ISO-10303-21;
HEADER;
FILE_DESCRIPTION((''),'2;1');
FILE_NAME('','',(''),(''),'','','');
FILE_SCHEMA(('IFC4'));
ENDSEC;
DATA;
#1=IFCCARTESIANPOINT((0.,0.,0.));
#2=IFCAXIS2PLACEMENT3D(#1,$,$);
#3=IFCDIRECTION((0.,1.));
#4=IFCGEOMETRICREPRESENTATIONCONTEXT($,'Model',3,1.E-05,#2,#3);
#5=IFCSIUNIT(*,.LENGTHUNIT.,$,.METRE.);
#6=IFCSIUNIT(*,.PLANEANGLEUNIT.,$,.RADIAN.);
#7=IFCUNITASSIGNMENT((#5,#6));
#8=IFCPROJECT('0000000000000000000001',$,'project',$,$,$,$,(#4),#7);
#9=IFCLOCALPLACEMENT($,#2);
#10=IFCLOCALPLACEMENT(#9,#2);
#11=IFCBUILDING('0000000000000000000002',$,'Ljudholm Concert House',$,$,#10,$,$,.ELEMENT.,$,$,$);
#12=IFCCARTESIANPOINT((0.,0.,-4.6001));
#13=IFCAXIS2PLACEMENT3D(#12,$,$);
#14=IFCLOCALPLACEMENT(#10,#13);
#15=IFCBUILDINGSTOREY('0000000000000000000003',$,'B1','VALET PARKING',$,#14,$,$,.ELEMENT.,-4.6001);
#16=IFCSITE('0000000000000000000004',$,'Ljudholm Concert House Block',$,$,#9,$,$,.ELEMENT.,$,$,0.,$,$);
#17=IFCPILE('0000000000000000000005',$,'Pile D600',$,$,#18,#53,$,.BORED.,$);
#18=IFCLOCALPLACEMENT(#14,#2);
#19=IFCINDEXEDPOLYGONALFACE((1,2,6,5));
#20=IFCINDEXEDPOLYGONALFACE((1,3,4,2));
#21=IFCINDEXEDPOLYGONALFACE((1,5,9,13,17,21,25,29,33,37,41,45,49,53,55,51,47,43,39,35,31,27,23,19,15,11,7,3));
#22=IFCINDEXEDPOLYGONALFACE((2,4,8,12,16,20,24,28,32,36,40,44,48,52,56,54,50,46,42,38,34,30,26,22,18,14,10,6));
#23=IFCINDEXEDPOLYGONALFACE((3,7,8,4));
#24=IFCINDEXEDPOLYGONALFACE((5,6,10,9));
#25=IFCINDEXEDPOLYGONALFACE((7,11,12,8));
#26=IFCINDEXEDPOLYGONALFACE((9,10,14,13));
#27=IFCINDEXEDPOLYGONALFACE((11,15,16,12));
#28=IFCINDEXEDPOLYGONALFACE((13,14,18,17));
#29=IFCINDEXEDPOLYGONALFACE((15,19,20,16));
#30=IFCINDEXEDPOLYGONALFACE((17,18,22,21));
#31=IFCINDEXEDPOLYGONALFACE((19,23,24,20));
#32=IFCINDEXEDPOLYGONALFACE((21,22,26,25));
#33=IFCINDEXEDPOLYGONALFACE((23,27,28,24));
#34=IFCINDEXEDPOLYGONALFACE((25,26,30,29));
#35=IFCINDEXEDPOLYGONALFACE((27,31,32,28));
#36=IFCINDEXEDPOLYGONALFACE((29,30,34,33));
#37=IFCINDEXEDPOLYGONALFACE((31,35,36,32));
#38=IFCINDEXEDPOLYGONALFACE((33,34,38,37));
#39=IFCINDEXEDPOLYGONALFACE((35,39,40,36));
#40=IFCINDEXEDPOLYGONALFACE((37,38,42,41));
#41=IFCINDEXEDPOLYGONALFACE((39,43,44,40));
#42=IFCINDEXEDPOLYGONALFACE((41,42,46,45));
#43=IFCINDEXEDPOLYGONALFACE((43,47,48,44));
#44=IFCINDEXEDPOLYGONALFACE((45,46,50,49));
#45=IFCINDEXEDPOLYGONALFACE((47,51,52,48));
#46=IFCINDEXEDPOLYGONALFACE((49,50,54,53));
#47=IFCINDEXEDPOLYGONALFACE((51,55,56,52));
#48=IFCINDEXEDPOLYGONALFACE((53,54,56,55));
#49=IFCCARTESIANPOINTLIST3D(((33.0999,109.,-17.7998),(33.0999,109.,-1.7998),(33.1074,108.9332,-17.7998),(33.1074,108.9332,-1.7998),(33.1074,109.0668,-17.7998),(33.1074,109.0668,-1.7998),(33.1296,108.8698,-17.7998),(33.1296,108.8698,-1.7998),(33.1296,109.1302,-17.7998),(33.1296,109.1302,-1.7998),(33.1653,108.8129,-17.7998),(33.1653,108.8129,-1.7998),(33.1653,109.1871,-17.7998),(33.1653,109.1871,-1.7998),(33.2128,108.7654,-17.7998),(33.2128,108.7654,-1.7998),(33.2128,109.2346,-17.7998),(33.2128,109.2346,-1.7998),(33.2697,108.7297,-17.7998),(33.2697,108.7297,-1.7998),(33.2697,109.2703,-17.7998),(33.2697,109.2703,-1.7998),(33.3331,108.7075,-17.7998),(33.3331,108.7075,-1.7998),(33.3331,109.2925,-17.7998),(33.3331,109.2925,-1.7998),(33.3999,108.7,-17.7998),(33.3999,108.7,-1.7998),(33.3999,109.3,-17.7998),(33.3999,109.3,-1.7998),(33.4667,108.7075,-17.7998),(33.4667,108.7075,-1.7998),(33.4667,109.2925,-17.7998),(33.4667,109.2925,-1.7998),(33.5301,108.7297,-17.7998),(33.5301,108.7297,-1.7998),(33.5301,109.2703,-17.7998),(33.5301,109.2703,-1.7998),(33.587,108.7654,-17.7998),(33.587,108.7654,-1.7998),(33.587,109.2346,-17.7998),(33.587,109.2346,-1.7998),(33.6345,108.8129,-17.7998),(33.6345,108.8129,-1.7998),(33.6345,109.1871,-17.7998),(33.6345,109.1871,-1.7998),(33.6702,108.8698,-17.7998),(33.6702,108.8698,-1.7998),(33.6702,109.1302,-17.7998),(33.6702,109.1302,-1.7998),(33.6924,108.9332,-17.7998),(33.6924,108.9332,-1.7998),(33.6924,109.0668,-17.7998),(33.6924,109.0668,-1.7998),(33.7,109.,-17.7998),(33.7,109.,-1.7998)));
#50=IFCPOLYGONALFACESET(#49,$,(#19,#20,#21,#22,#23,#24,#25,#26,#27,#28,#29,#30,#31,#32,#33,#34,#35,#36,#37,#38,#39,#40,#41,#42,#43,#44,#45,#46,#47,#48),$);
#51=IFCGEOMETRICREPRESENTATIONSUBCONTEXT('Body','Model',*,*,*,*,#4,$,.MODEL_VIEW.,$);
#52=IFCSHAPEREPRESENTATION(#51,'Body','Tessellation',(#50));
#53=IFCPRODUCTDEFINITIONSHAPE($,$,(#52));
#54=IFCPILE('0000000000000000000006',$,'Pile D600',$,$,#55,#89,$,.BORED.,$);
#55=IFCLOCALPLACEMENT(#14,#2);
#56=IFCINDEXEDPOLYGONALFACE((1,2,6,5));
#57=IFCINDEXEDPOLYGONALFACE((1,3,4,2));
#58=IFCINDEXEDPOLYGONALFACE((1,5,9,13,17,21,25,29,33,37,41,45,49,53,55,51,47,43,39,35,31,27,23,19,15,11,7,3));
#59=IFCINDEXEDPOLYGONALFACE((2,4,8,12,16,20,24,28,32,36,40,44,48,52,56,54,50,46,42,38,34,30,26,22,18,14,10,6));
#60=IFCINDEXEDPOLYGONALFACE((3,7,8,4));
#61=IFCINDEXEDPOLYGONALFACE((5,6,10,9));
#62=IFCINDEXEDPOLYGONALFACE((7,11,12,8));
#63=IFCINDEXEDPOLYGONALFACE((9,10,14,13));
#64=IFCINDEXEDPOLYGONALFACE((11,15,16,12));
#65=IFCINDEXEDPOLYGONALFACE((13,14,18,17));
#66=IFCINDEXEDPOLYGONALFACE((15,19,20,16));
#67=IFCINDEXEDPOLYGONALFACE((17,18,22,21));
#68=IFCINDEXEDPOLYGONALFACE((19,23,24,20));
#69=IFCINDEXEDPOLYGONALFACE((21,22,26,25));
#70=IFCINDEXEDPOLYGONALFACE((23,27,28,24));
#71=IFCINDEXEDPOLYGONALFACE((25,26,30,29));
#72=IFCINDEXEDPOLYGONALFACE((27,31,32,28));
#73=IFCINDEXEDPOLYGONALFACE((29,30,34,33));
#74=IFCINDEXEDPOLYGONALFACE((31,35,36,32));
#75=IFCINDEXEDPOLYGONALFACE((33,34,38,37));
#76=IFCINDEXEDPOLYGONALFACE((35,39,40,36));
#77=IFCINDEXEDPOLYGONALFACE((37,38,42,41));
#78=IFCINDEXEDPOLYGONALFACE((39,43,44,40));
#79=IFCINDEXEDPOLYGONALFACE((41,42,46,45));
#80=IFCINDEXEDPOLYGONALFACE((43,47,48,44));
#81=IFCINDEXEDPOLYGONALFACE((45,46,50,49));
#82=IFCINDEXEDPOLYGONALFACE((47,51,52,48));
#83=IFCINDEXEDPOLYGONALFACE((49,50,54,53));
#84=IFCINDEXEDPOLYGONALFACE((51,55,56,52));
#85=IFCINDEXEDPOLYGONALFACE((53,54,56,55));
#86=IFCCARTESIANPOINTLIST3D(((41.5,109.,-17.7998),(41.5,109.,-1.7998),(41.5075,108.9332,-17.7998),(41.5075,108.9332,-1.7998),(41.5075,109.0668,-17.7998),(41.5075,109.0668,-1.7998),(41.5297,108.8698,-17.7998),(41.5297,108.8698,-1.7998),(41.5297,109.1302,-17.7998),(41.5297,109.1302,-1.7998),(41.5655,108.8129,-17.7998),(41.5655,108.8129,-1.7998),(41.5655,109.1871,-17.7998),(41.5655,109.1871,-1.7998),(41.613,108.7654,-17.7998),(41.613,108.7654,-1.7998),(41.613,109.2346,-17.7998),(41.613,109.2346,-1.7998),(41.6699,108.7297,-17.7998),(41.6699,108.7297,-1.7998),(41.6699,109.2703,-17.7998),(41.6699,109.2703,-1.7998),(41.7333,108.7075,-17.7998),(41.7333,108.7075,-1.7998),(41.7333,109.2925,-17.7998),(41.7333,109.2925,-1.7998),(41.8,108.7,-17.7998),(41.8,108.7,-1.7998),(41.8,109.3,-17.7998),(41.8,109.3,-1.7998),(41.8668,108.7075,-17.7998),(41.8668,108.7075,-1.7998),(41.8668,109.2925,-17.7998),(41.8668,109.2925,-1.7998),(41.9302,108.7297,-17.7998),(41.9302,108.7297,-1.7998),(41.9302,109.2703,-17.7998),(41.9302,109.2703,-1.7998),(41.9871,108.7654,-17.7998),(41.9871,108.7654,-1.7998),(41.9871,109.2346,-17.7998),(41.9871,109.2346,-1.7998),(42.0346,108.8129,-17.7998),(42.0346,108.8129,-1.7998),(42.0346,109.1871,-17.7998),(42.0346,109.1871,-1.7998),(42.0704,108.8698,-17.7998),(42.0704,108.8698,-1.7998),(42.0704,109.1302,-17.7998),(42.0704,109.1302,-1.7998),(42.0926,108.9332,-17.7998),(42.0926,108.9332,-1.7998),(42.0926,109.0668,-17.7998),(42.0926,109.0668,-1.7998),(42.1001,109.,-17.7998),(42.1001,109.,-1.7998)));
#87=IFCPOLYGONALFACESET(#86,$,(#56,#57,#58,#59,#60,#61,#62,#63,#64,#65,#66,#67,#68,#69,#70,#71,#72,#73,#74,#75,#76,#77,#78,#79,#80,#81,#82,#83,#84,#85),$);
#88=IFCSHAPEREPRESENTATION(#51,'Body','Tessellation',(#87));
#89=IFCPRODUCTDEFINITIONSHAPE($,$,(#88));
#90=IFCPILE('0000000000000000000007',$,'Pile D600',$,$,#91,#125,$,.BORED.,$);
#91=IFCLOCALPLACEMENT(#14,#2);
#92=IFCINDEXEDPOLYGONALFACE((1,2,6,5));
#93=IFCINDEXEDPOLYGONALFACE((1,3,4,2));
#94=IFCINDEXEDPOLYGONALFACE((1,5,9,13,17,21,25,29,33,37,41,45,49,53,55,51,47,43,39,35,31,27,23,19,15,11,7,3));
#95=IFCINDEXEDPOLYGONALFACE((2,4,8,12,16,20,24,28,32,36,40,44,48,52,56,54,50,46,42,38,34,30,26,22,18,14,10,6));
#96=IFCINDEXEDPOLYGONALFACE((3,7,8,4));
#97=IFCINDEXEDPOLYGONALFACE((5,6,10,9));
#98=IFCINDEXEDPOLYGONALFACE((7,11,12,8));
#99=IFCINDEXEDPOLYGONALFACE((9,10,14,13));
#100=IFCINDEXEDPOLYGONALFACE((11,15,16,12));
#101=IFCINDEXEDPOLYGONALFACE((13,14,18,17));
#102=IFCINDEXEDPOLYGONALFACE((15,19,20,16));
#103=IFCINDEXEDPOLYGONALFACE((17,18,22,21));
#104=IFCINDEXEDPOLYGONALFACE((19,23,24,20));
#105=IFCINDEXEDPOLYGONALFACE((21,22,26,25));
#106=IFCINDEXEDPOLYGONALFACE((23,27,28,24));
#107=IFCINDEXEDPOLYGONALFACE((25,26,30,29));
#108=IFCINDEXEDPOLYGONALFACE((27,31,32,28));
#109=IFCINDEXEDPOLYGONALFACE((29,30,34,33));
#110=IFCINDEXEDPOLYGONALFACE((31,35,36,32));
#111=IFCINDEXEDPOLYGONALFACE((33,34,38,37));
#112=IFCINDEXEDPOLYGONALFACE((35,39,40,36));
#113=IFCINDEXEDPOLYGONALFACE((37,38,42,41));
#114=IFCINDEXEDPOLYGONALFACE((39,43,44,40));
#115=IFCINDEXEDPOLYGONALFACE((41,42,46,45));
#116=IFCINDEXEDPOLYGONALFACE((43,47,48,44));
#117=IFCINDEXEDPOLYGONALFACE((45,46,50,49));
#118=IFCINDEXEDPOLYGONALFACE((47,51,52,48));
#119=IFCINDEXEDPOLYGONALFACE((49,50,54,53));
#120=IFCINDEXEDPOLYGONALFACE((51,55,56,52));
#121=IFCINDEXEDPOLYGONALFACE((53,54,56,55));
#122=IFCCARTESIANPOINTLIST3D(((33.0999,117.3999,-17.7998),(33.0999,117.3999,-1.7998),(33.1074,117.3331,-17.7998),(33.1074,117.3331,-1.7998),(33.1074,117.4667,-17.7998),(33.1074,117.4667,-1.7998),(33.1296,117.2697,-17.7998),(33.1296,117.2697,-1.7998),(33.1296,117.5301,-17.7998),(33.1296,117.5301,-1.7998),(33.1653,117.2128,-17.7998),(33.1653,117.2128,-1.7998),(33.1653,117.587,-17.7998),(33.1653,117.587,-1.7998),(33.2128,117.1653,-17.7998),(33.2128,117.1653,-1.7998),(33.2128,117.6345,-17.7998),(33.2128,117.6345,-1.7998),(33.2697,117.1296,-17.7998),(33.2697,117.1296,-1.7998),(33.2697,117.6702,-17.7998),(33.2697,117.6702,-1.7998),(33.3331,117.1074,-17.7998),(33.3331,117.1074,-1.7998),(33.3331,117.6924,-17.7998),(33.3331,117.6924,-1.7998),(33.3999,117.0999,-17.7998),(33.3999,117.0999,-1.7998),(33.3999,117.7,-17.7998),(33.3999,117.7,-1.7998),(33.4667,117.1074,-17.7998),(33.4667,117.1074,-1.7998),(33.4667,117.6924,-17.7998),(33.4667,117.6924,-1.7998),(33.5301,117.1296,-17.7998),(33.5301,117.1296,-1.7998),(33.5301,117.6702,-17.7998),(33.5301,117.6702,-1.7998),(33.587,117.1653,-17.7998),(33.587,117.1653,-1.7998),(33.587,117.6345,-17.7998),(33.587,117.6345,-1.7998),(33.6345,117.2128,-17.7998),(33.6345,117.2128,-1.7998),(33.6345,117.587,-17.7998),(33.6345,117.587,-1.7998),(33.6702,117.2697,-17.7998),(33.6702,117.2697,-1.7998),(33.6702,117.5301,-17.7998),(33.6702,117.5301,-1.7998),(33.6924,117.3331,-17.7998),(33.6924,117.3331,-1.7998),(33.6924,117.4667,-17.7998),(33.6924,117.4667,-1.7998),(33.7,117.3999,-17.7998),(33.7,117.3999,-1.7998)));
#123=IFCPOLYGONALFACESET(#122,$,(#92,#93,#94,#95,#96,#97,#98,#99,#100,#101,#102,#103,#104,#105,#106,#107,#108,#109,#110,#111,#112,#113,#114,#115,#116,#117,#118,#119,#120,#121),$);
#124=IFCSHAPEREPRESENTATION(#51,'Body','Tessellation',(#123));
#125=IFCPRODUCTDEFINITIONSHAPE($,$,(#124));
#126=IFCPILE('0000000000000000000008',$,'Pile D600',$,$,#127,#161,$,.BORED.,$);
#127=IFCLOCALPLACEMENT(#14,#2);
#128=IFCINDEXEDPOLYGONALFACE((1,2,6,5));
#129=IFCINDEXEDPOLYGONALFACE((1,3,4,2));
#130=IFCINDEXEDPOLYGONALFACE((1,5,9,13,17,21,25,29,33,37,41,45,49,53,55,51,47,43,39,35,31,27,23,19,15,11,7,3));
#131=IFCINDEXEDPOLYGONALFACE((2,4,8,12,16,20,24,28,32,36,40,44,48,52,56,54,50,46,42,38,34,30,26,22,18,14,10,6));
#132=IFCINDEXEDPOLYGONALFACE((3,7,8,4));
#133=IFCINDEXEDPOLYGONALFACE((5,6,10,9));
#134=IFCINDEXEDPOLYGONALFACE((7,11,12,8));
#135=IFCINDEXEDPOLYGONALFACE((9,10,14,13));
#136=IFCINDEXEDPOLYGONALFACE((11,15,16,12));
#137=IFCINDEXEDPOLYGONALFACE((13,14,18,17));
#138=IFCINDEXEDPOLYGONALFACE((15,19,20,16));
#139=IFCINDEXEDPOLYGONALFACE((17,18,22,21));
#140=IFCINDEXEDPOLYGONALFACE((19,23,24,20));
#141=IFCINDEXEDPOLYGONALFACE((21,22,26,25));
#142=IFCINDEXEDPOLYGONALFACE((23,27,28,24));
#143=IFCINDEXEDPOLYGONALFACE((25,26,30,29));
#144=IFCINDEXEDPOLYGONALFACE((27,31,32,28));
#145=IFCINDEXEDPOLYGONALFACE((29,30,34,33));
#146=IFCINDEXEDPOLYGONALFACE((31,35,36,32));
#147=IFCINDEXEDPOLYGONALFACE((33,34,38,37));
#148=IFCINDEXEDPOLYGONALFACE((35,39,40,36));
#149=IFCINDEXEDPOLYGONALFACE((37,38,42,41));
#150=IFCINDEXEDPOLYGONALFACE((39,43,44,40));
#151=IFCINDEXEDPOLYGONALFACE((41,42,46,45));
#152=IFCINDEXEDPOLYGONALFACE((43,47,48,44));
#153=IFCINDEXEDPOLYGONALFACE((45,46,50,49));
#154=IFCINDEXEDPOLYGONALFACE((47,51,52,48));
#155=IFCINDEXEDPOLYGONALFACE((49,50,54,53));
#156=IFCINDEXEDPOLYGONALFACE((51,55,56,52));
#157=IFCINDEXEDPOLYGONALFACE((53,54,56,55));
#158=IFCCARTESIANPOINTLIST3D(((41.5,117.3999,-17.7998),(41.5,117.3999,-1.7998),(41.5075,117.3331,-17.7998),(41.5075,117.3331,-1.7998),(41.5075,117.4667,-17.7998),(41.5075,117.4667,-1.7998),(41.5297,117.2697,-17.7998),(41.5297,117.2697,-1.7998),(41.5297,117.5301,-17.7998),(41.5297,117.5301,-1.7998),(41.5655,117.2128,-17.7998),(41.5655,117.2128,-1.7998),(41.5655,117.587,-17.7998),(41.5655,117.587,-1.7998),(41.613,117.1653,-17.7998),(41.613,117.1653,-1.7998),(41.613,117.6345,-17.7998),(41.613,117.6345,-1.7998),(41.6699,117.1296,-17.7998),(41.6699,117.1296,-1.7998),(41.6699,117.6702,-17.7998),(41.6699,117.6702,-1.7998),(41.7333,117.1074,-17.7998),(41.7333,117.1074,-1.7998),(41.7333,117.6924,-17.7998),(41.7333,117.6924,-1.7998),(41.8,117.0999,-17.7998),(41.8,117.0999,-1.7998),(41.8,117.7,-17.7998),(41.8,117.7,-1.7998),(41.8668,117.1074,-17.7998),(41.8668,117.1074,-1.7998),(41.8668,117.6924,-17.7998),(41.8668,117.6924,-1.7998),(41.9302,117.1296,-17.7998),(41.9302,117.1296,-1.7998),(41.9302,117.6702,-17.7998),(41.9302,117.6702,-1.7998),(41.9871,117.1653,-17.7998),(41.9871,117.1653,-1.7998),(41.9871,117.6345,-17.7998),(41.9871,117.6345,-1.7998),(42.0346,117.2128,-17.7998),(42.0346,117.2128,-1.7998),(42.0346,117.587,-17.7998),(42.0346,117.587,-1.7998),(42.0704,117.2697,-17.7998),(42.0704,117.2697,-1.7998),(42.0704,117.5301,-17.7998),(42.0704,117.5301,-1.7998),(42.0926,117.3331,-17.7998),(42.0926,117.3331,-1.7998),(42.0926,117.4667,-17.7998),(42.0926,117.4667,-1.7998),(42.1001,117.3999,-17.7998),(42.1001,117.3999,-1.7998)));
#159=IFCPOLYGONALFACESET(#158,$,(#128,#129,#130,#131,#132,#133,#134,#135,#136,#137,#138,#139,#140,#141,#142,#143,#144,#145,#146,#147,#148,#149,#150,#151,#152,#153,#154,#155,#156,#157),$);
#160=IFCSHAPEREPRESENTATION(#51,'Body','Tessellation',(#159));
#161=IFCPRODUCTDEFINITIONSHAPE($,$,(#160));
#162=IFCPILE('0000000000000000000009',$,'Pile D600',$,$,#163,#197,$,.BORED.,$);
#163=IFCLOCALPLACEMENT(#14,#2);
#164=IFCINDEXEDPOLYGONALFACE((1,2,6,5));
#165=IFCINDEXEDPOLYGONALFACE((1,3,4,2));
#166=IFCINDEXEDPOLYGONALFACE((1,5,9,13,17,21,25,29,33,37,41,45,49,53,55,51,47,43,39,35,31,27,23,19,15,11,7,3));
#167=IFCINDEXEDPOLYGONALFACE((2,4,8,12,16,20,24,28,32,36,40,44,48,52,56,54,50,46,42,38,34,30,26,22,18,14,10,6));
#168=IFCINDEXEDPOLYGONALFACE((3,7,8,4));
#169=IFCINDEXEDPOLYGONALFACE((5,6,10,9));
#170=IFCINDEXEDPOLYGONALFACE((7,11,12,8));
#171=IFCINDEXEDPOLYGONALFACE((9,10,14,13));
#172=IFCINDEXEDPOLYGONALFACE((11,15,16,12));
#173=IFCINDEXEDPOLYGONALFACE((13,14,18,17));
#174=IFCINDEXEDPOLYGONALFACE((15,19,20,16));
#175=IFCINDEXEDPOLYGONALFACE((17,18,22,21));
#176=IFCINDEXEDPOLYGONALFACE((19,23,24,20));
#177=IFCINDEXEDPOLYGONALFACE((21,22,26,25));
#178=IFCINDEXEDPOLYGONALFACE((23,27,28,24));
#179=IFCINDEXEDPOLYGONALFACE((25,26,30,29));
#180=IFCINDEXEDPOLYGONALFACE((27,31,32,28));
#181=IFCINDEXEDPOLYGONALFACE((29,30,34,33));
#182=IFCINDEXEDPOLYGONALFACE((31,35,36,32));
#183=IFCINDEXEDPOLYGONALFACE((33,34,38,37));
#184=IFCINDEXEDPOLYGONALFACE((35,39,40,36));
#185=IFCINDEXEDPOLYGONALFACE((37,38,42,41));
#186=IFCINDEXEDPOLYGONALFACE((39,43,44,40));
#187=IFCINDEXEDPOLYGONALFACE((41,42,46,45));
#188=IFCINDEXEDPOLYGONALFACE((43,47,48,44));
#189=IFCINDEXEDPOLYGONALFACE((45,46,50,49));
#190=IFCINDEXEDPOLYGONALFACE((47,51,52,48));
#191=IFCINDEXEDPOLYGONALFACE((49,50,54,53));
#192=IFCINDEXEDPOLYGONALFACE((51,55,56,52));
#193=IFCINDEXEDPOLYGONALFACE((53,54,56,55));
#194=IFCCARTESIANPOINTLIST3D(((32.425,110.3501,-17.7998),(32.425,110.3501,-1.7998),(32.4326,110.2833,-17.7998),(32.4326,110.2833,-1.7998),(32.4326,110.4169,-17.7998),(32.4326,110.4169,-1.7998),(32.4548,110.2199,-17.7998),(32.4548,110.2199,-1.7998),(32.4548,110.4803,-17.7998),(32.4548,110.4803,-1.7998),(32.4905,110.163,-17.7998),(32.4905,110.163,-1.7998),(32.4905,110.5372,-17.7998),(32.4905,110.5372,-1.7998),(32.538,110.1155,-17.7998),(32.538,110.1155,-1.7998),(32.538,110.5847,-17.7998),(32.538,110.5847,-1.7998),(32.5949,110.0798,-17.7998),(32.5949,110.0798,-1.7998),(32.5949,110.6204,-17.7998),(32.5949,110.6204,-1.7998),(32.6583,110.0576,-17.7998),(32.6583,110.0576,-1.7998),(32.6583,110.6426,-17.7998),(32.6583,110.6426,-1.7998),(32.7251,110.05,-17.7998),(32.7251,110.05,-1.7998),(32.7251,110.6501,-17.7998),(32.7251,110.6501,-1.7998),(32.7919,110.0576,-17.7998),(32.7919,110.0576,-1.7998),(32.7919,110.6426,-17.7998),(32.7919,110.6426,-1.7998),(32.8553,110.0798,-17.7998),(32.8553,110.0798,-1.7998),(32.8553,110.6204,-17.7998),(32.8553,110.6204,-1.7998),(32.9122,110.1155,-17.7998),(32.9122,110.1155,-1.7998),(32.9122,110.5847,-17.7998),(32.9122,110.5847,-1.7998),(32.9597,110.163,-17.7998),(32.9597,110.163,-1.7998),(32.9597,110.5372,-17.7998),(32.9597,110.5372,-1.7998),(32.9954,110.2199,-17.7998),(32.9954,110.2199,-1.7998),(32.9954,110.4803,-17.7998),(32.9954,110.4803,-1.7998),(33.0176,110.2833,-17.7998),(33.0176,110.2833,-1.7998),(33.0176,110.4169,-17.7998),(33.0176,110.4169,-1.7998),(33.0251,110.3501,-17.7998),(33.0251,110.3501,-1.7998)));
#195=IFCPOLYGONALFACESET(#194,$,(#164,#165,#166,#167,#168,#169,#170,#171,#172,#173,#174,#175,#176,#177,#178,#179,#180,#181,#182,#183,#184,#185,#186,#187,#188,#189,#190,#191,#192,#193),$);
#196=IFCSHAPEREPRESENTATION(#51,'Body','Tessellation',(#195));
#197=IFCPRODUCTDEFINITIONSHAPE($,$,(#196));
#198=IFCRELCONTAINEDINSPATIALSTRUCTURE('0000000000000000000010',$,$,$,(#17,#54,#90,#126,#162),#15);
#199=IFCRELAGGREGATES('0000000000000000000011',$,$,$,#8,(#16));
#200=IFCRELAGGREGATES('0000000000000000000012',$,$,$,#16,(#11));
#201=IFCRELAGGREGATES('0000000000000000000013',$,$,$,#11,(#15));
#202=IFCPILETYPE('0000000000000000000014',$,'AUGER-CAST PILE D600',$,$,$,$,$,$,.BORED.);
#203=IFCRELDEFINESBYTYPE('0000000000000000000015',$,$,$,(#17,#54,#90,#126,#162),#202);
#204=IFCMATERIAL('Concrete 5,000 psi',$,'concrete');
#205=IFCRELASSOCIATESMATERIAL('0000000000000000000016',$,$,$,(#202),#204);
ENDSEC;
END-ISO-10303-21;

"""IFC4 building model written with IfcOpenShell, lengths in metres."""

from ifc_helpers import new_model, si_unit, direction, frame, origin, origin_2d, place, context, subcontext, project, spatial, circle, extrude, material, material_profile, profile_set, type_object, element, save


model = new_model("IFC4")

# Units and contexts
model_context = context("Model", 3, precision=1e-05, world=origin(), true_north=direction((0.0, 1.0)))
body_context = subcontext(model_context, "Body", "Model", "MODEL_VIEW")
ifc_project = project(units=[si_unit("LENGTHUNIT", "METRE"), si_unit("PLANEANGLEUNIT", "RADIAN")], contexts=[model_context])

# Site, building, storey
site_placement = place(None, origin())
site = spatial("IfcSite", under=ifc_project, at=site_placement, Name="Ljudholm Concert House Block", CompositionType="ELEMENT", RefElevation=0.0)
building_placement = place(site_placement, origin())
building = spatial("IfcBuilding", under=site, at=building_placement, Name="Ljudholm Concert House", CompositionType="ELEMENT")
storey_placement = place(building_placement, frame((0.0, 0.0, -4.6001)))
storey = spatial("IfcBuildingStorey", under=building, at=storey_placement, Name="B1", Description="VALET PARKING", CompositionType="ELEMENT", Elevation=-4.6001)

# Piles
ifc_material_1 = material(Name="Concrete 5,000 psi", Category="concrete")
ifc_material_profile_1 = material_profile(ifc_material_1, circle(Radius=0.3, at=origin_2d()), Name="AUGER-CAST PILE D600")
ifc_profile_set_1 = profile_set([ifc_material_profile_1], Name="Concrete 5,000 psi")
pile_type = type_object("IfcPileType", Name="AUGER-CAST PILE D600", PredefinedType="BORED", material=ifc_profile_set_1)
for number, where, z_axis, x_axis, name in (
    (1, (33.3999, 109.0, -1.7998), (0.0, 0.0, -1.0), (1.0, 0.0, 0.0), "Pile D600"),
    (2, (41.8, 109.0, -1.7998), (0.0, 0.0, -1.0), (1.0, 0.0, 0.0), "Pile D600"),
    (3, (33.3999, 117.3999, -1.7998), (0.0, 0.0, -1.0), (1.0, 0.0, 0.0), "Pile D600"),
    (4, (41.8, 117.3999, -1.7998), (0.0, 0.0, -1.0), (1.0, 0.0, 0.0), "Pile D600"),
    (5, (32.7251, 110.3501, -1.7998), (0.0, 0.0, -1.0), (1.0, 0.0, 0.0), "Pile D600"),
):
    element("IfcPile", number, at=place(storey_placement, frame(where, z_axis=z_axis, x_axis=x_axis)), inside=storey, type_object=pile_type, Name=name, PredefinedType="BORED", context=body_context, shape_type="SweptSolid", body=[
        extrude(circle(Radius=0.3, at=origin_2d()), origin(), (0.0, 0.0, 1.0), 16.0),
    ])

save(model, "model.ifc")
